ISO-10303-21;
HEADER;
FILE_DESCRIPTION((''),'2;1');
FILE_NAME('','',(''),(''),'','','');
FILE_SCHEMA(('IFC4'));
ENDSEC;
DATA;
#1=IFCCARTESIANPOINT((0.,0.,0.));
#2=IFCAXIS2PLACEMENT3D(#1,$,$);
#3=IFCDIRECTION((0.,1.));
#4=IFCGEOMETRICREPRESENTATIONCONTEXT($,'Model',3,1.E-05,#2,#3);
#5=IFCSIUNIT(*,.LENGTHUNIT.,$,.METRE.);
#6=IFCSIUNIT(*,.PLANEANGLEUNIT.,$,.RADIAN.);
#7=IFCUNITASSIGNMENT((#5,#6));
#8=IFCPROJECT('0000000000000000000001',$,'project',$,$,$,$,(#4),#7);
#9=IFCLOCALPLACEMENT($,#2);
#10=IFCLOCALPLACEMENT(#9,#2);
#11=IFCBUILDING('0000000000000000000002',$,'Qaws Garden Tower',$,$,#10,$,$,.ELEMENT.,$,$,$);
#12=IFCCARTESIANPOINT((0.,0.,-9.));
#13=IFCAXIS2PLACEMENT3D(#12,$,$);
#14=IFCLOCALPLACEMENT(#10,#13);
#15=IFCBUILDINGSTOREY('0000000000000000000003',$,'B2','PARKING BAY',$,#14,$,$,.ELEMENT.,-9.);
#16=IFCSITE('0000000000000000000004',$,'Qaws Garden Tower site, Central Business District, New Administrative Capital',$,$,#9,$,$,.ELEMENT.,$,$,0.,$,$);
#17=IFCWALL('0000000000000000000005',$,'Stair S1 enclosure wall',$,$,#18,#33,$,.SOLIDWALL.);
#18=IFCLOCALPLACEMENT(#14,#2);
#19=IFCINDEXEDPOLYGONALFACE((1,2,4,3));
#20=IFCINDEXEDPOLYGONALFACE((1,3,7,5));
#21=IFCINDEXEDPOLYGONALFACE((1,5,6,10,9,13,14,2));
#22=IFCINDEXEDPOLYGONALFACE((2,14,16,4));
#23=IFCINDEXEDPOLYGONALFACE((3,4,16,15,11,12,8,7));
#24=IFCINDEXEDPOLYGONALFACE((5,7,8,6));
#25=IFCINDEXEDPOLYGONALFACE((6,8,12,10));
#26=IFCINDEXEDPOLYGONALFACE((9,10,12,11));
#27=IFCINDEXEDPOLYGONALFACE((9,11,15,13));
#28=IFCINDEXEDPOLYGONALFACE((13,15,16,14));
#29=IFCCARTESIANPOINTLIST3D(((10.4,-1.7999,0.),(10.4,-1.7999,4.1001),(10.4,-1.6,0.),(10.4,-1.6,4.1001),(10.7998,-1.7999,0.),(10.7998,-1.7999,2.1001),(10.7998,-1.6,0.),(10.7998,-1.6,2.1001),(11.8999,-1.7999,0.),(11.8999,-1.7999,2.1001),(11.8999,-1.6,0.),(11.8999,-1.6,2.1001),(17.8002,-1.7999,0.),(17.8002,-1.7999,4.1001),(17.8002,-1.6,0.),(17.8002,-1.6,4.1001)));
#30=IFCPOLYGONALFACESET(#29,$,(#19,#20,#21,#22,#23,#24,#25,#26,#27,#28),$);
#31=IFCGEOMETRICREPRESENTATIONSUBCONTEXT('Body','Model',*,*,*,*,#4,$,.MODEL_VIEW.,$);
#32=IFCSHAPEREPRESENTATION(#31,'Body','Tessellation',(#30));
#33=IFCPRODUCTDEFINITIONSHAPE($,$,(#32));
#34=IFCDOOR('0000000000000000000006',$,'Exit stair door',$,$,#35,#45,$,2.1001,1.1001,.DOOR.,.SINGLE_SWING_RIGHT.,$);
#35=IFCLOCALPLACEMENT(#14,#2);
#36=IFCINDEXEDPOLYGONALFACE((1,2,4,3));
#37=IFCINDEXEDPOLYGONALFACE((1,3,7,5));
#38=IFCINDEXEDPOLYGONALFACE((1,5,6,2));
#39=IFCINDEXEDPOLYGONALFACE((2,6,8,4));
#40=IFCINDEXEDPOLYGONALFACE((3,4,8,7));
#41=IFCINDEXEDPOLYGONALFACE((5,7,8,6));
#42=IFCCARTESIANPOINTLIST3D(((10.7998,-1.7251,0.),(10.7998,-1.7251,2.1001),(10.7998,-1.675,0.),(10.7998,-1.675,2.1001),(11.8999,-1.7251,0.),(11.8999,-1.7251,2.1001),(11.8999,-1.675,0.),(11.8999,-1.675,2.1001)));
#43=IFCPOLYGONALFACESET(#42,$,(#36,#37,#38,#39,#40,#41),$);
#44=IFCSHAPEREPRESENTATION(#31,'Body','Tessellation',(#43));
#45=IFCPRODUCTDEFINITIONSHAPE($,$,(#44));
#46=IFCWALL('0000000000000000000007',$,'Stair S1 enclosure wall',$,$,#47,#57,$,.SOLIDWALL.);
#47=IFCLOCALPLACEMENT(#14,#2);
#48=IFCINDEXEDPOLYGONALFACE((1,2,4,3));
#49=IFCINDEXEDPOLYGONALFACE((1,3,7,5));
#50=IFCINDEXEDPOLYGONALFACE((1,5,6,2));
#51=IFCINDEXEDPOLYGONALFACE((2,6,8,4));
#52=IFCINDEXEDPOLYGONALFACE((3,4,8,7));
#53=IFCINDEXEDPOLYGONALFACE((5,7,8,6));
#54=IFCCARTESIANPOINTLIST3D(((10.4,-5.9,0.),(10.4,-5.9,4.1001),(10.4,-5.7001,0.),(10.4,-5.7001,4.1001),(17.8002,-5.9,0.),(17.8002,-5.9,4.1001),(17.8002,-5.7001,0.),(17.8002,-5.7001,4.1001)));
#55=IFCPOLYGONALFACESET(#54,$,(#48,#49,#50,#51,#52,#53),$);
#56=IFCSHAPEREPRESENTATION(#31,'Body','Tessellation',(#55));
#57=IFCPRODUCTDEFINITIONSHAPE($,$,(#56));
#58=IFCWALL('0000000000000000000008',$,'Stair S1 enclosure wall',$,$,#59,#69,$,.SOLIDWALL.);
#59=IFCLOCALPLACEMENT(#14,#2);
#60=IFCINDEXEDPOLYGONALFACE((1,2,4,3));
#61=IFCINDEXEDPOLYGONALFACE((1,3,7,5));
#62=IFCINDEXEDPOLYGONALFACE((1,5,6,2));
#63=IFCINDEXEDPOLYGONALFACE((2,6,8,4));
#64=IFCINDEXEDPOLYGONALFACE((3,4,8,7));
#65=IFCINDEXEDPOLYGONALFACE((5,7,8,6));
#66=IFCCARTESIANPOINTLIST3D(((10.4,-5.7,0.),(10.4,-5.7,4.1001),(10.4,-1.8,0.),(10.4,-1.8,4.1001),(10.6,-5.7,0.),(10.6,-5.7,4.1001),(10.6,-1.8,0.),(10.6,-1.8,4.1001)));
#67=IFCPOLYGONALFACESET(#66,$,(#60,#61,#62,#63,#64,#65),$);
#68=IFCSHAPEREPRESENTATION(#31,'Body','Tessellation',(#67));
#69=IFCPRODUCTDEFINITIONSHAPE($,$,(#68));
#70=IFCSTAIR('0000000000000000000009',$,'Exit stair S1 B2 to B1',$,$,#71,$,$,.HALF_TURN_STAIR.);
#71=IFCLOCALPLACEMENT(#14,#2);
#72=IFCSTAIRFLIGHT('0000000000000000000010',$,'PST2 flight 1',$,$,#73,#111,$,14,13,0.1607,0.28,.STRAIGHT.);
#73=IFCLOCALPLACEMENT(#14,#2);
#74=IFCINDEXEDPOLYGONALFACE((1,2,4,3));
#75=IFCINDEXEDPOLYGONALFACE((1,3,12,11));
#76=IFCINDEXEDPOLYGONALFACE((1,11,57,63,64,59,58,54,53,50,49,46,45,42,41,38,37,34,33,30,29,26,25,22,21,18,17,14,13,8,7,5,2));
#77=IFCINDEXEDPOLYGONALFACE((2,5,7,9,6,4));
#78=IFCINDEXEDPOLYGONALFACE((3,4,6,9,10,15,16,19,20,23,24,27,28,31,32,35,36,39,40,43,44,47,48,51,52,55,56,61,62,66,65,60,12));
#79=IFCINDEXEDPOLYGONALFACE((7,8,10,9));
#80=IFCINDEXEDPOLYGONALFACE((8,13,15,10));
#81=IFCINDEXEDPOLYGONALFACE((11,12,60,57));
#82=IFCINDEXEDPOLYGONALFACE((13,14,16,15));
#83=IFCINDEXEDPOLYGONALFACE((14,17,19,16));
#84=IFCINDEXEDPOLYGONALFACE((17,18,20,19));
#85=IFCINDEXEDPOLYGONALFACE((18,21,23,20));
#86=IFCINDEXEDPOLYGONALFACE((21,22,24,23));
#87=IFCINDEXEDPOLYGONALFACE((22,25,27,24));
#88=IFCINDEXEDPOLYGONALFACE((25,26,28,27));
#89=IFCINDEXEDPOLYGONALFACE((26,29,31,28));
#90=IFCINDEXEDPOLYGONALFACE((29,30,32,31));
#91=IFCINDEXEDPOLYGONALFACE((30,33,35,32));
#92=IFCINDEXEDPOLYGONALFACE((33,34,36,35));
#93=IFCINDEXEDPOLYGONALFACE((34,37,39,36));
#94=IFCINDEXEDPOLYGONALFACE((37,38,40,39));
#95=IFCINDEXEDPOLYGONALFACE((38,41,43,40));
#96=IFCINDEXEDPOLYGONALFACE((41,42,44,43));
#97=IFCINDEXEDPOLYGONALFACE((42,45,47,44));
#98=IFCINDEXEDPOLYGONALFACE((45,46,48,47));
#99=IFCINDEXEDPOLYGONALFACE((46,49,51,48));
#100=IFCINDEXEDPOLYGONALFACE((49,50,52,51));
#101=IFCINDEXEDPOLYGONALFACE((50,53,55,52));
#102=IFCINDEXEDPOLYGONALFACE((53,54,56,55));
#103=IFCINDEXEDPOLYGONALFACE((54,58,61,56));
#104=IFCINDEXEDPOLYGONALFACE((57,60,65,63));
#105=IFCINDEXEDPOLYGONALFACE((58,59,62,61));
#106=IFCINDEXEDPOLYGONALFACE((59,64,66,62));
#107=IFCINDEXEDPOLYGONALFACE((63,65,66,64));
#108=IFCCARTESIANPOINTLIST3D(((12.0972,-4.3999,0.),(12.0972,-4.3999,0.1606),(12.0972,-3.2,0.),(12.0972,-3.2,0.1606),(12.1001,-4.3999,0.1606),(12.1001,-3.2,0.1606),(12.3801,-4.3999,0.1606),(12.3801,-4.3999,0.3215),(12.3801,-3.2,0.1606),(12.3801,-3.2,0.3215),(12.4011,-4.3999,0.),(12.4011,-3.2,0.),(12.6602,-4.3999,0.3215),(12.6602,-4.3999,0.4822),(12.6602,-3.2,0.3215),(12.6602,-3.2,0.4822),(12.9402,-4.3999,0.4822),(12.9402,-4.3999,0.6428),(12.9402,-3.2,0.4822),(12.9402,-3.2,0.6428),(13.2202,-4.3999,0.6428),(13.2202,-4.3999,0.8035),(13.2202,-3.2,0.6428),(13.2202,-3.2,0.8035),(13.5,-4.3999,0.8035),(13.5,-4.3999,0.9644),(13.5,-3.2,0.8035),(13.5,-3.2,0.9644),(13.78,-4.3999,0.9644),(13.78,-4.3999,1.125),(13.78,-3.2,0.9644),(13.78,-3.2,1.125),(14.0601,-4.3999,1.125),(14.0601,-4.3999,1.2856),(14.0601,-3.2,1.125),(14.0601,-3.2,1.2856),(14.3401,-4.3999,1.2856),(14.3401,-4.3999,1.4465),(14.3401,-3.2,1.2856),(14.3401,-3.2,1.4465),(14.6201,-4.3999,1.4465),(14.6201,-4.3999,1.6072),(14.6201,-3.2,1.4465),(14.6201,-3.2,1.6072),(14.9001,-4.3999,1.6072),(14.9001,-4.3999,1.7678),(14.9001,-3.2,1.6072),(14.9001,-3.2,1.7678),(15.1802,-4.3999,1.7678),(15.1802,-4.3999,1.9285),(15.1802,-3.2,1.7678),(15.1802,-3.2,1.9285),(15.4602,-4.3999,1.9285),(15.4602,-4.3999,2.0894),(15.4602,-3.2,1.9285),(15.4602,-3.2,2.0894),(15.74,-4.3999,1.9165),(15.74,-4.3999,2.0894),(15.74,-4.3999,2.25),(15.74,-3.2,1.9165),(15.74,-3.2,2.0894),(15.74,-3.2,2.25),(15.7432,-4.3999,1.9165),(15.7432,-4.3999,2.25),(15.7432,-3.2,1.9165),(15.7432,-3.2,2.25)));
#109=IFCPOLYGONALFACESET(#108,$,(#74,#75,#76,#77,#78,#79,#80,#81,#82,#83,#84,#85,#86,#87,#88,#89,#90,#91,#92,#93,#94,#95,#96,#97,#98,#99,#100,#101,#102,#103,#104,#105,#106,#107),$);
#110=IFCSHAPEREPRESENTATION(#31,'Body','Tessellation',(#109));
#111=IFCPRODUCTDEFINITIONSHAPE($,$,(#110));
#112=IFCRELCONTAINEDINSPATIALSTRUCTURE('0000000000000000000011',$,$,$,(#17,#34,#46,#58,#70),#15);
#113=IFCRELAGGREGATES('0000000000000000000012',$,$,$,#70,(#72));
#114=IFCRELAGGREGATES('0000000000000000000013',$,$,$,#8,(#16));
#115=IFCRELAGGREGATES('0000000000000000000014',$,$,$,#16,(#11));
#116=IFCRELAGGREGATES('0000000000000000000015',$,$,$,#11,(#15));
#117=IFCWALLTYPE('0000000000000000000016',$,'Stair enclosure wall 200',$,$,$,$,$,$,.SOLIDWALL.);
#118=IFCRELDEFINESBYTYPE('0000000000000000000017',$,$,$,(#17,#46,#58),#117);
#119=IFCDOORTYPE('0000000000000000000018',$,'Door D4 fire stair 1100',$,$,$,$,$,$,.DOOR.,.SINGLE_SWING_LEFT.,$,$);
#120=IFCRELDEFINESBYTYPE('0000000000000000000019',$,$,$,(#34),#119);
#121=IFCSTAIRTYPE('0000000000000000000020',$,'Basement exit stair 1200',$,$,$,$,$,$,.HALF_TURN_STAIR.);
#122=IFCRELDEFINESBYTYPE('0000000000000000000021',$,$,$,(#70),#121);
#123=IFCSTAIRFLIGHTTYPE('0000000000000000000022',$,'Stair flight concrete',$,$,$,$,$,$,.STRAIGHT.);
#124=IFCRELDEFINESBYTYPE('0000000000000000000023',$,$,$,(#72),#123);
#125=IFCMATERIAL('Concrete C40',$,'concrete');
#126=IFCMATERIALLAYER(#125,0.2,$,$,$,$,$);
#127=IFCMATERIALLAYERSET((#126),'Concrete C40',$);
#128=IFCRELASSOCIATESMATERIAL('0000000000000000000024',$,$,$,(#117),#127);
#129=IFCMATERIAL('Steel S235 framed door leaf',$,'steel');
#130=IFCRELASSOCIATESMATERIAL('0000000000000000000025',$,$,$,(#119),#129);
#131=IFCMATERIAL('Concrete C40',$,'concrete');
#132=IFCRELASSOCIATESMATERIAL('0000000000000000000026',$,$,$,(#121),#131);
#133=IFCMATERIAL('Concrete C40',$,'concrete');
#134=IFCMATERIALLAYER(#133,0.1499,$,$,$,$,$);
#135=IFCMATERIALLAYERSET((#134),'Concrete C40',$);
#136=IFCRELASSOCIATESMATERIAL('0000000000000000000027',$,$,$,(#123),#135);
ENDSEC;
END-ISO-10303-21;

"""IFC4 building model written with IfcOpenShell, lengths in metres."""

from ifc_helpers import new_model, si_unit, direction, frame, frame_2d, origin, place, context, subcontext, project, spatial, polyline, rectangle, outline, extrude, material, layer, layer_set, type_object, element, fill, aggregate, save


model = new_model("IFC4")

# Units and contexts
model_context = context("Model", 3, precision=1e-05, world=origin(), true_north=direction((0.0, 1.0)))
body_context = subcontext(model_context, "Body", "Model", "MODEL_VIEW")
ifc_project = project(units=[si_unit("LENGTHUNIT", "METRE"), si_unit("PLANEANGLEUNIT", "RADIAN")], contexts=[model_context])

# Site, building, storey
site_placement = place(None, origin())
site = spatial("IfcSite", under=ifc_project, at=site_placement, Name="Qaws Garden Tower site, Central Business District, New Administrative Capital", CompositionType="ELEMENT", RefElevation=0.0)
building_placement = place(site_placement, origin())
building = spatial("IfcBuilding", under=site, at=building_placement, Name="Qaws Garden Tower", CompositionType="ELEMENT")
storey_placement = place(building_placement, frame((0.0, 0.0, -9.0)))
storey = spatial("IfcBuildingStorey", under=building, at=storey_placement, Name="B2", Description="PARKING BAY", CompositionType="ELEMENT", Elevation=-9.0)

# Wall, opening, door
ifc_material_1 = material(Name="Concrete C40", Category="concrete")
ifc_layer_1 = layer(ifc_material_1, 0.2)
ifc_layer_set_1 = layer_set([ifc_layer_1], Name="Concrete C40")
wall_type = type_object("IfcWallType", Name="Stair enclosure wall 200", PredefinedType="SOLIDWALL", material=ifc_layer_set_1)
wall_1_placement = place(storey_placement, frame((10.3999, -1.7, 0.0), z_axis=(0.0, 0.0, 1.0), x_axis=(1.0, 0.0, 0.0)))
wall_1 = element("IfcWall", 1, at=wall_1_placement, inside=storey, type_object=wall_type, Name="Stair S1 enclosure wall", PredefinedType="SOLIDWALL", context=body_context, shape_type="SweptSolid", body=[
    extrude(rectangle(XDim=7.4001, YDim=0.2, at=frame_2d((3.7002, 0.0))), origin(), (0.0, 0.0, 1.0), 4.1001),
])
opening_placement = place(wall_1_placement, frame((0.3999, 0.0, 0.0)))
opening = element("IfcOpeningElement", 2, at=opening_placement, cuts=wall_1, PredefinedType="OPENING", context=body_context, shape_type="SweptSolid", body=[
    extrude(rectangle(XDim=1.1001, YDim=2.1001, at=frame_2d((0.55, 1.05))), frame((0.0, 0.1099, 0.0), z_axis=(0.0, -1.0, 0.0), x_axis=(1.0, 0.0, 0.0)), (0.0, 0.0, 1.0), 0.22),
])
ifc_material_2 = material(Name="Steel S235 framed door leaf", Category="steel")
door_type = type_object("IfcDoorType", Name="Door D4 fire stair 1100", OperationType="SINGLE_SWING_LEFT", PredefinedType="DOOR", material=ifc_material_2)
door_placement = place(opening_placement, origin())
door = element("IfcDoor", 3, at=door_placement, inside=storey, type_object=door_type, Name="Exit stair door", OperationType="SINGLE_SWING_RIGHT", OverallHeight=2.1001, OverallWidth=1.1001, PredefinedType="DOOR", context=body_context, shape_type="SweptSolid", body=[
    extrude(rectangle(XDim=1.1001, YDim=2.1001, at=frame_2d((0.55, 1.05))), frame((0.0, 0.0249, 0.0), z_axis=(0.0, -1.0, 0.0), x_axis=(1.0, 0.0, 0.0)), (0.0, 0.0, 1.0), 0.05),
])
fill(opening, door)

# Walls
wall_2_placement = place(storey_placement, frame((10.3999, -5.8, 0.0), z_axis=(0.0, 0.0, 1.0), x_axis=(1.0, 0.0, 0.0)))
element("IfcWall", 4, at=wall_2_placement, inside=storey, type_object=wall_type, Name="Stair S1 enclosure wall", PredefinedType="SOLIDWALL", context=body_context, shape_type="SweptSolid", body=[
    extrude(rectangle(XDim=7.4001, YDim=0.2, at=frame_2d((3.7002, 0.0))), origin(), (0.0, 0.0, 1.0), 4.1001),
])
wall_3_placement = place(storey_placement, frame((10.5, -1.8, 0.0), z_axis=(0.0, 0.0, 1.0), x_axis=(0.0, -1.0, 0.0)))
element("IfcWall", 5, at=wall_3_placement, inside=storey, type_object=wall_type, Name="Stair S1 enclosure wall", PredefinedType="SOLIDWALL", context=body_context, shape_type="SweptSolid", body=[
    extrude(rectangle(XDim=3.8999, YDim=0.2, at=frame_2d((1.95, 0.0))), origin(), (0.0, 0.0, 1.0), 4.1001),
])

# Stair, stair flight
ifc_material_3 = material(Name="Concrete C40", Category="concrete")
stair_type = type_object("IfcStairType", Name="Basement exit stair 1200", PredefinedType="HALF_TURN_STAIR", material=ifc_material_3)
stair_placement = place(storey_placement, origin())
stair = element("IfcStair", 6, at=stair_placement, inside=storey, type_object=stair_type, Name="Exit stair S1 B2 to B1", PredefinedType="HALF_TURN_STAIR")
ifc_material_4 = material(Name="Concrete C40", Category="concrete")
ifc_layer_2 = layer(ifc_material_4, 0.1499)
ifc_layer_set_2 = layer_set([ifc_layer_2], Name="Concrete C40")
stair_flight_type = type_object("IfcStairFlightType", Name="Stair flight concrete", PredefinedType="STRAIGHT", material=ifc_layer_set_2)
stair_flight_placement = place(storey_placement, frame((12.1001, -3.8, 0.0), z_axis=(0.0, 0.0, 1.0), x_axis=(1.0, 0.0, 0.0)))
stair_flight = element("IfcStairFlight", 7, at=stair_flight_placement, type_object=stair_flight_type, Name="PST2 flight 1", NumberOfRisers=14, NumberOfTreads=13, PredefinedType="STRAIGHT", RiserHeight=0.1607, TreadLength=0.28, context=body_context, shape_type="SweptSolid", body=[
    extrude(outline(polyline([(-0.0029, 0.0), (-0.0029, 0.1606), (0.0, 0.1606), (0.28, 0.1606), (0.28, 0.3215), (0.5601, 0.3215), (0.5601, 0.4822), (0.8401, 0.4822), (0.8401, 0.6428), (1.1201, 0.6428), (1.1201, 0.8035), (1.3999, 0.8035), (1.3999, 0.9644), (1.6799, 0.9644), (1.6799, 1.125), (1.96, 1.125), (1.96, 1.2856), (2.24, 1.2856), (2.24, 1.4465), (2.52, 1.4465), (2.52, 1.6072), (2.8, 1.6072), (2.8, 1.7678), (3.0801, 1.7678), (3.0801, 1.9285), (3.3601, 1.9285), (3.3601, 2.0894), (3.6399, 2.0894), (3.6399, 2.25), (3.6431, 2.25), (3.6431, 1.9165), (3.6399, 1.9165), (0.301, 0.0), (-0.0029, 0.0)])), frame((0.0, 0.6001, 0.0), z_axis=(0.0, -1.0, 0.0), x_axis=(1.0, 0.0, 0.0)), (0.0, 0.0, 1.0), 1.2),
])
aggregate(stair, [stair_flight])

save(model, "model.ifc")
